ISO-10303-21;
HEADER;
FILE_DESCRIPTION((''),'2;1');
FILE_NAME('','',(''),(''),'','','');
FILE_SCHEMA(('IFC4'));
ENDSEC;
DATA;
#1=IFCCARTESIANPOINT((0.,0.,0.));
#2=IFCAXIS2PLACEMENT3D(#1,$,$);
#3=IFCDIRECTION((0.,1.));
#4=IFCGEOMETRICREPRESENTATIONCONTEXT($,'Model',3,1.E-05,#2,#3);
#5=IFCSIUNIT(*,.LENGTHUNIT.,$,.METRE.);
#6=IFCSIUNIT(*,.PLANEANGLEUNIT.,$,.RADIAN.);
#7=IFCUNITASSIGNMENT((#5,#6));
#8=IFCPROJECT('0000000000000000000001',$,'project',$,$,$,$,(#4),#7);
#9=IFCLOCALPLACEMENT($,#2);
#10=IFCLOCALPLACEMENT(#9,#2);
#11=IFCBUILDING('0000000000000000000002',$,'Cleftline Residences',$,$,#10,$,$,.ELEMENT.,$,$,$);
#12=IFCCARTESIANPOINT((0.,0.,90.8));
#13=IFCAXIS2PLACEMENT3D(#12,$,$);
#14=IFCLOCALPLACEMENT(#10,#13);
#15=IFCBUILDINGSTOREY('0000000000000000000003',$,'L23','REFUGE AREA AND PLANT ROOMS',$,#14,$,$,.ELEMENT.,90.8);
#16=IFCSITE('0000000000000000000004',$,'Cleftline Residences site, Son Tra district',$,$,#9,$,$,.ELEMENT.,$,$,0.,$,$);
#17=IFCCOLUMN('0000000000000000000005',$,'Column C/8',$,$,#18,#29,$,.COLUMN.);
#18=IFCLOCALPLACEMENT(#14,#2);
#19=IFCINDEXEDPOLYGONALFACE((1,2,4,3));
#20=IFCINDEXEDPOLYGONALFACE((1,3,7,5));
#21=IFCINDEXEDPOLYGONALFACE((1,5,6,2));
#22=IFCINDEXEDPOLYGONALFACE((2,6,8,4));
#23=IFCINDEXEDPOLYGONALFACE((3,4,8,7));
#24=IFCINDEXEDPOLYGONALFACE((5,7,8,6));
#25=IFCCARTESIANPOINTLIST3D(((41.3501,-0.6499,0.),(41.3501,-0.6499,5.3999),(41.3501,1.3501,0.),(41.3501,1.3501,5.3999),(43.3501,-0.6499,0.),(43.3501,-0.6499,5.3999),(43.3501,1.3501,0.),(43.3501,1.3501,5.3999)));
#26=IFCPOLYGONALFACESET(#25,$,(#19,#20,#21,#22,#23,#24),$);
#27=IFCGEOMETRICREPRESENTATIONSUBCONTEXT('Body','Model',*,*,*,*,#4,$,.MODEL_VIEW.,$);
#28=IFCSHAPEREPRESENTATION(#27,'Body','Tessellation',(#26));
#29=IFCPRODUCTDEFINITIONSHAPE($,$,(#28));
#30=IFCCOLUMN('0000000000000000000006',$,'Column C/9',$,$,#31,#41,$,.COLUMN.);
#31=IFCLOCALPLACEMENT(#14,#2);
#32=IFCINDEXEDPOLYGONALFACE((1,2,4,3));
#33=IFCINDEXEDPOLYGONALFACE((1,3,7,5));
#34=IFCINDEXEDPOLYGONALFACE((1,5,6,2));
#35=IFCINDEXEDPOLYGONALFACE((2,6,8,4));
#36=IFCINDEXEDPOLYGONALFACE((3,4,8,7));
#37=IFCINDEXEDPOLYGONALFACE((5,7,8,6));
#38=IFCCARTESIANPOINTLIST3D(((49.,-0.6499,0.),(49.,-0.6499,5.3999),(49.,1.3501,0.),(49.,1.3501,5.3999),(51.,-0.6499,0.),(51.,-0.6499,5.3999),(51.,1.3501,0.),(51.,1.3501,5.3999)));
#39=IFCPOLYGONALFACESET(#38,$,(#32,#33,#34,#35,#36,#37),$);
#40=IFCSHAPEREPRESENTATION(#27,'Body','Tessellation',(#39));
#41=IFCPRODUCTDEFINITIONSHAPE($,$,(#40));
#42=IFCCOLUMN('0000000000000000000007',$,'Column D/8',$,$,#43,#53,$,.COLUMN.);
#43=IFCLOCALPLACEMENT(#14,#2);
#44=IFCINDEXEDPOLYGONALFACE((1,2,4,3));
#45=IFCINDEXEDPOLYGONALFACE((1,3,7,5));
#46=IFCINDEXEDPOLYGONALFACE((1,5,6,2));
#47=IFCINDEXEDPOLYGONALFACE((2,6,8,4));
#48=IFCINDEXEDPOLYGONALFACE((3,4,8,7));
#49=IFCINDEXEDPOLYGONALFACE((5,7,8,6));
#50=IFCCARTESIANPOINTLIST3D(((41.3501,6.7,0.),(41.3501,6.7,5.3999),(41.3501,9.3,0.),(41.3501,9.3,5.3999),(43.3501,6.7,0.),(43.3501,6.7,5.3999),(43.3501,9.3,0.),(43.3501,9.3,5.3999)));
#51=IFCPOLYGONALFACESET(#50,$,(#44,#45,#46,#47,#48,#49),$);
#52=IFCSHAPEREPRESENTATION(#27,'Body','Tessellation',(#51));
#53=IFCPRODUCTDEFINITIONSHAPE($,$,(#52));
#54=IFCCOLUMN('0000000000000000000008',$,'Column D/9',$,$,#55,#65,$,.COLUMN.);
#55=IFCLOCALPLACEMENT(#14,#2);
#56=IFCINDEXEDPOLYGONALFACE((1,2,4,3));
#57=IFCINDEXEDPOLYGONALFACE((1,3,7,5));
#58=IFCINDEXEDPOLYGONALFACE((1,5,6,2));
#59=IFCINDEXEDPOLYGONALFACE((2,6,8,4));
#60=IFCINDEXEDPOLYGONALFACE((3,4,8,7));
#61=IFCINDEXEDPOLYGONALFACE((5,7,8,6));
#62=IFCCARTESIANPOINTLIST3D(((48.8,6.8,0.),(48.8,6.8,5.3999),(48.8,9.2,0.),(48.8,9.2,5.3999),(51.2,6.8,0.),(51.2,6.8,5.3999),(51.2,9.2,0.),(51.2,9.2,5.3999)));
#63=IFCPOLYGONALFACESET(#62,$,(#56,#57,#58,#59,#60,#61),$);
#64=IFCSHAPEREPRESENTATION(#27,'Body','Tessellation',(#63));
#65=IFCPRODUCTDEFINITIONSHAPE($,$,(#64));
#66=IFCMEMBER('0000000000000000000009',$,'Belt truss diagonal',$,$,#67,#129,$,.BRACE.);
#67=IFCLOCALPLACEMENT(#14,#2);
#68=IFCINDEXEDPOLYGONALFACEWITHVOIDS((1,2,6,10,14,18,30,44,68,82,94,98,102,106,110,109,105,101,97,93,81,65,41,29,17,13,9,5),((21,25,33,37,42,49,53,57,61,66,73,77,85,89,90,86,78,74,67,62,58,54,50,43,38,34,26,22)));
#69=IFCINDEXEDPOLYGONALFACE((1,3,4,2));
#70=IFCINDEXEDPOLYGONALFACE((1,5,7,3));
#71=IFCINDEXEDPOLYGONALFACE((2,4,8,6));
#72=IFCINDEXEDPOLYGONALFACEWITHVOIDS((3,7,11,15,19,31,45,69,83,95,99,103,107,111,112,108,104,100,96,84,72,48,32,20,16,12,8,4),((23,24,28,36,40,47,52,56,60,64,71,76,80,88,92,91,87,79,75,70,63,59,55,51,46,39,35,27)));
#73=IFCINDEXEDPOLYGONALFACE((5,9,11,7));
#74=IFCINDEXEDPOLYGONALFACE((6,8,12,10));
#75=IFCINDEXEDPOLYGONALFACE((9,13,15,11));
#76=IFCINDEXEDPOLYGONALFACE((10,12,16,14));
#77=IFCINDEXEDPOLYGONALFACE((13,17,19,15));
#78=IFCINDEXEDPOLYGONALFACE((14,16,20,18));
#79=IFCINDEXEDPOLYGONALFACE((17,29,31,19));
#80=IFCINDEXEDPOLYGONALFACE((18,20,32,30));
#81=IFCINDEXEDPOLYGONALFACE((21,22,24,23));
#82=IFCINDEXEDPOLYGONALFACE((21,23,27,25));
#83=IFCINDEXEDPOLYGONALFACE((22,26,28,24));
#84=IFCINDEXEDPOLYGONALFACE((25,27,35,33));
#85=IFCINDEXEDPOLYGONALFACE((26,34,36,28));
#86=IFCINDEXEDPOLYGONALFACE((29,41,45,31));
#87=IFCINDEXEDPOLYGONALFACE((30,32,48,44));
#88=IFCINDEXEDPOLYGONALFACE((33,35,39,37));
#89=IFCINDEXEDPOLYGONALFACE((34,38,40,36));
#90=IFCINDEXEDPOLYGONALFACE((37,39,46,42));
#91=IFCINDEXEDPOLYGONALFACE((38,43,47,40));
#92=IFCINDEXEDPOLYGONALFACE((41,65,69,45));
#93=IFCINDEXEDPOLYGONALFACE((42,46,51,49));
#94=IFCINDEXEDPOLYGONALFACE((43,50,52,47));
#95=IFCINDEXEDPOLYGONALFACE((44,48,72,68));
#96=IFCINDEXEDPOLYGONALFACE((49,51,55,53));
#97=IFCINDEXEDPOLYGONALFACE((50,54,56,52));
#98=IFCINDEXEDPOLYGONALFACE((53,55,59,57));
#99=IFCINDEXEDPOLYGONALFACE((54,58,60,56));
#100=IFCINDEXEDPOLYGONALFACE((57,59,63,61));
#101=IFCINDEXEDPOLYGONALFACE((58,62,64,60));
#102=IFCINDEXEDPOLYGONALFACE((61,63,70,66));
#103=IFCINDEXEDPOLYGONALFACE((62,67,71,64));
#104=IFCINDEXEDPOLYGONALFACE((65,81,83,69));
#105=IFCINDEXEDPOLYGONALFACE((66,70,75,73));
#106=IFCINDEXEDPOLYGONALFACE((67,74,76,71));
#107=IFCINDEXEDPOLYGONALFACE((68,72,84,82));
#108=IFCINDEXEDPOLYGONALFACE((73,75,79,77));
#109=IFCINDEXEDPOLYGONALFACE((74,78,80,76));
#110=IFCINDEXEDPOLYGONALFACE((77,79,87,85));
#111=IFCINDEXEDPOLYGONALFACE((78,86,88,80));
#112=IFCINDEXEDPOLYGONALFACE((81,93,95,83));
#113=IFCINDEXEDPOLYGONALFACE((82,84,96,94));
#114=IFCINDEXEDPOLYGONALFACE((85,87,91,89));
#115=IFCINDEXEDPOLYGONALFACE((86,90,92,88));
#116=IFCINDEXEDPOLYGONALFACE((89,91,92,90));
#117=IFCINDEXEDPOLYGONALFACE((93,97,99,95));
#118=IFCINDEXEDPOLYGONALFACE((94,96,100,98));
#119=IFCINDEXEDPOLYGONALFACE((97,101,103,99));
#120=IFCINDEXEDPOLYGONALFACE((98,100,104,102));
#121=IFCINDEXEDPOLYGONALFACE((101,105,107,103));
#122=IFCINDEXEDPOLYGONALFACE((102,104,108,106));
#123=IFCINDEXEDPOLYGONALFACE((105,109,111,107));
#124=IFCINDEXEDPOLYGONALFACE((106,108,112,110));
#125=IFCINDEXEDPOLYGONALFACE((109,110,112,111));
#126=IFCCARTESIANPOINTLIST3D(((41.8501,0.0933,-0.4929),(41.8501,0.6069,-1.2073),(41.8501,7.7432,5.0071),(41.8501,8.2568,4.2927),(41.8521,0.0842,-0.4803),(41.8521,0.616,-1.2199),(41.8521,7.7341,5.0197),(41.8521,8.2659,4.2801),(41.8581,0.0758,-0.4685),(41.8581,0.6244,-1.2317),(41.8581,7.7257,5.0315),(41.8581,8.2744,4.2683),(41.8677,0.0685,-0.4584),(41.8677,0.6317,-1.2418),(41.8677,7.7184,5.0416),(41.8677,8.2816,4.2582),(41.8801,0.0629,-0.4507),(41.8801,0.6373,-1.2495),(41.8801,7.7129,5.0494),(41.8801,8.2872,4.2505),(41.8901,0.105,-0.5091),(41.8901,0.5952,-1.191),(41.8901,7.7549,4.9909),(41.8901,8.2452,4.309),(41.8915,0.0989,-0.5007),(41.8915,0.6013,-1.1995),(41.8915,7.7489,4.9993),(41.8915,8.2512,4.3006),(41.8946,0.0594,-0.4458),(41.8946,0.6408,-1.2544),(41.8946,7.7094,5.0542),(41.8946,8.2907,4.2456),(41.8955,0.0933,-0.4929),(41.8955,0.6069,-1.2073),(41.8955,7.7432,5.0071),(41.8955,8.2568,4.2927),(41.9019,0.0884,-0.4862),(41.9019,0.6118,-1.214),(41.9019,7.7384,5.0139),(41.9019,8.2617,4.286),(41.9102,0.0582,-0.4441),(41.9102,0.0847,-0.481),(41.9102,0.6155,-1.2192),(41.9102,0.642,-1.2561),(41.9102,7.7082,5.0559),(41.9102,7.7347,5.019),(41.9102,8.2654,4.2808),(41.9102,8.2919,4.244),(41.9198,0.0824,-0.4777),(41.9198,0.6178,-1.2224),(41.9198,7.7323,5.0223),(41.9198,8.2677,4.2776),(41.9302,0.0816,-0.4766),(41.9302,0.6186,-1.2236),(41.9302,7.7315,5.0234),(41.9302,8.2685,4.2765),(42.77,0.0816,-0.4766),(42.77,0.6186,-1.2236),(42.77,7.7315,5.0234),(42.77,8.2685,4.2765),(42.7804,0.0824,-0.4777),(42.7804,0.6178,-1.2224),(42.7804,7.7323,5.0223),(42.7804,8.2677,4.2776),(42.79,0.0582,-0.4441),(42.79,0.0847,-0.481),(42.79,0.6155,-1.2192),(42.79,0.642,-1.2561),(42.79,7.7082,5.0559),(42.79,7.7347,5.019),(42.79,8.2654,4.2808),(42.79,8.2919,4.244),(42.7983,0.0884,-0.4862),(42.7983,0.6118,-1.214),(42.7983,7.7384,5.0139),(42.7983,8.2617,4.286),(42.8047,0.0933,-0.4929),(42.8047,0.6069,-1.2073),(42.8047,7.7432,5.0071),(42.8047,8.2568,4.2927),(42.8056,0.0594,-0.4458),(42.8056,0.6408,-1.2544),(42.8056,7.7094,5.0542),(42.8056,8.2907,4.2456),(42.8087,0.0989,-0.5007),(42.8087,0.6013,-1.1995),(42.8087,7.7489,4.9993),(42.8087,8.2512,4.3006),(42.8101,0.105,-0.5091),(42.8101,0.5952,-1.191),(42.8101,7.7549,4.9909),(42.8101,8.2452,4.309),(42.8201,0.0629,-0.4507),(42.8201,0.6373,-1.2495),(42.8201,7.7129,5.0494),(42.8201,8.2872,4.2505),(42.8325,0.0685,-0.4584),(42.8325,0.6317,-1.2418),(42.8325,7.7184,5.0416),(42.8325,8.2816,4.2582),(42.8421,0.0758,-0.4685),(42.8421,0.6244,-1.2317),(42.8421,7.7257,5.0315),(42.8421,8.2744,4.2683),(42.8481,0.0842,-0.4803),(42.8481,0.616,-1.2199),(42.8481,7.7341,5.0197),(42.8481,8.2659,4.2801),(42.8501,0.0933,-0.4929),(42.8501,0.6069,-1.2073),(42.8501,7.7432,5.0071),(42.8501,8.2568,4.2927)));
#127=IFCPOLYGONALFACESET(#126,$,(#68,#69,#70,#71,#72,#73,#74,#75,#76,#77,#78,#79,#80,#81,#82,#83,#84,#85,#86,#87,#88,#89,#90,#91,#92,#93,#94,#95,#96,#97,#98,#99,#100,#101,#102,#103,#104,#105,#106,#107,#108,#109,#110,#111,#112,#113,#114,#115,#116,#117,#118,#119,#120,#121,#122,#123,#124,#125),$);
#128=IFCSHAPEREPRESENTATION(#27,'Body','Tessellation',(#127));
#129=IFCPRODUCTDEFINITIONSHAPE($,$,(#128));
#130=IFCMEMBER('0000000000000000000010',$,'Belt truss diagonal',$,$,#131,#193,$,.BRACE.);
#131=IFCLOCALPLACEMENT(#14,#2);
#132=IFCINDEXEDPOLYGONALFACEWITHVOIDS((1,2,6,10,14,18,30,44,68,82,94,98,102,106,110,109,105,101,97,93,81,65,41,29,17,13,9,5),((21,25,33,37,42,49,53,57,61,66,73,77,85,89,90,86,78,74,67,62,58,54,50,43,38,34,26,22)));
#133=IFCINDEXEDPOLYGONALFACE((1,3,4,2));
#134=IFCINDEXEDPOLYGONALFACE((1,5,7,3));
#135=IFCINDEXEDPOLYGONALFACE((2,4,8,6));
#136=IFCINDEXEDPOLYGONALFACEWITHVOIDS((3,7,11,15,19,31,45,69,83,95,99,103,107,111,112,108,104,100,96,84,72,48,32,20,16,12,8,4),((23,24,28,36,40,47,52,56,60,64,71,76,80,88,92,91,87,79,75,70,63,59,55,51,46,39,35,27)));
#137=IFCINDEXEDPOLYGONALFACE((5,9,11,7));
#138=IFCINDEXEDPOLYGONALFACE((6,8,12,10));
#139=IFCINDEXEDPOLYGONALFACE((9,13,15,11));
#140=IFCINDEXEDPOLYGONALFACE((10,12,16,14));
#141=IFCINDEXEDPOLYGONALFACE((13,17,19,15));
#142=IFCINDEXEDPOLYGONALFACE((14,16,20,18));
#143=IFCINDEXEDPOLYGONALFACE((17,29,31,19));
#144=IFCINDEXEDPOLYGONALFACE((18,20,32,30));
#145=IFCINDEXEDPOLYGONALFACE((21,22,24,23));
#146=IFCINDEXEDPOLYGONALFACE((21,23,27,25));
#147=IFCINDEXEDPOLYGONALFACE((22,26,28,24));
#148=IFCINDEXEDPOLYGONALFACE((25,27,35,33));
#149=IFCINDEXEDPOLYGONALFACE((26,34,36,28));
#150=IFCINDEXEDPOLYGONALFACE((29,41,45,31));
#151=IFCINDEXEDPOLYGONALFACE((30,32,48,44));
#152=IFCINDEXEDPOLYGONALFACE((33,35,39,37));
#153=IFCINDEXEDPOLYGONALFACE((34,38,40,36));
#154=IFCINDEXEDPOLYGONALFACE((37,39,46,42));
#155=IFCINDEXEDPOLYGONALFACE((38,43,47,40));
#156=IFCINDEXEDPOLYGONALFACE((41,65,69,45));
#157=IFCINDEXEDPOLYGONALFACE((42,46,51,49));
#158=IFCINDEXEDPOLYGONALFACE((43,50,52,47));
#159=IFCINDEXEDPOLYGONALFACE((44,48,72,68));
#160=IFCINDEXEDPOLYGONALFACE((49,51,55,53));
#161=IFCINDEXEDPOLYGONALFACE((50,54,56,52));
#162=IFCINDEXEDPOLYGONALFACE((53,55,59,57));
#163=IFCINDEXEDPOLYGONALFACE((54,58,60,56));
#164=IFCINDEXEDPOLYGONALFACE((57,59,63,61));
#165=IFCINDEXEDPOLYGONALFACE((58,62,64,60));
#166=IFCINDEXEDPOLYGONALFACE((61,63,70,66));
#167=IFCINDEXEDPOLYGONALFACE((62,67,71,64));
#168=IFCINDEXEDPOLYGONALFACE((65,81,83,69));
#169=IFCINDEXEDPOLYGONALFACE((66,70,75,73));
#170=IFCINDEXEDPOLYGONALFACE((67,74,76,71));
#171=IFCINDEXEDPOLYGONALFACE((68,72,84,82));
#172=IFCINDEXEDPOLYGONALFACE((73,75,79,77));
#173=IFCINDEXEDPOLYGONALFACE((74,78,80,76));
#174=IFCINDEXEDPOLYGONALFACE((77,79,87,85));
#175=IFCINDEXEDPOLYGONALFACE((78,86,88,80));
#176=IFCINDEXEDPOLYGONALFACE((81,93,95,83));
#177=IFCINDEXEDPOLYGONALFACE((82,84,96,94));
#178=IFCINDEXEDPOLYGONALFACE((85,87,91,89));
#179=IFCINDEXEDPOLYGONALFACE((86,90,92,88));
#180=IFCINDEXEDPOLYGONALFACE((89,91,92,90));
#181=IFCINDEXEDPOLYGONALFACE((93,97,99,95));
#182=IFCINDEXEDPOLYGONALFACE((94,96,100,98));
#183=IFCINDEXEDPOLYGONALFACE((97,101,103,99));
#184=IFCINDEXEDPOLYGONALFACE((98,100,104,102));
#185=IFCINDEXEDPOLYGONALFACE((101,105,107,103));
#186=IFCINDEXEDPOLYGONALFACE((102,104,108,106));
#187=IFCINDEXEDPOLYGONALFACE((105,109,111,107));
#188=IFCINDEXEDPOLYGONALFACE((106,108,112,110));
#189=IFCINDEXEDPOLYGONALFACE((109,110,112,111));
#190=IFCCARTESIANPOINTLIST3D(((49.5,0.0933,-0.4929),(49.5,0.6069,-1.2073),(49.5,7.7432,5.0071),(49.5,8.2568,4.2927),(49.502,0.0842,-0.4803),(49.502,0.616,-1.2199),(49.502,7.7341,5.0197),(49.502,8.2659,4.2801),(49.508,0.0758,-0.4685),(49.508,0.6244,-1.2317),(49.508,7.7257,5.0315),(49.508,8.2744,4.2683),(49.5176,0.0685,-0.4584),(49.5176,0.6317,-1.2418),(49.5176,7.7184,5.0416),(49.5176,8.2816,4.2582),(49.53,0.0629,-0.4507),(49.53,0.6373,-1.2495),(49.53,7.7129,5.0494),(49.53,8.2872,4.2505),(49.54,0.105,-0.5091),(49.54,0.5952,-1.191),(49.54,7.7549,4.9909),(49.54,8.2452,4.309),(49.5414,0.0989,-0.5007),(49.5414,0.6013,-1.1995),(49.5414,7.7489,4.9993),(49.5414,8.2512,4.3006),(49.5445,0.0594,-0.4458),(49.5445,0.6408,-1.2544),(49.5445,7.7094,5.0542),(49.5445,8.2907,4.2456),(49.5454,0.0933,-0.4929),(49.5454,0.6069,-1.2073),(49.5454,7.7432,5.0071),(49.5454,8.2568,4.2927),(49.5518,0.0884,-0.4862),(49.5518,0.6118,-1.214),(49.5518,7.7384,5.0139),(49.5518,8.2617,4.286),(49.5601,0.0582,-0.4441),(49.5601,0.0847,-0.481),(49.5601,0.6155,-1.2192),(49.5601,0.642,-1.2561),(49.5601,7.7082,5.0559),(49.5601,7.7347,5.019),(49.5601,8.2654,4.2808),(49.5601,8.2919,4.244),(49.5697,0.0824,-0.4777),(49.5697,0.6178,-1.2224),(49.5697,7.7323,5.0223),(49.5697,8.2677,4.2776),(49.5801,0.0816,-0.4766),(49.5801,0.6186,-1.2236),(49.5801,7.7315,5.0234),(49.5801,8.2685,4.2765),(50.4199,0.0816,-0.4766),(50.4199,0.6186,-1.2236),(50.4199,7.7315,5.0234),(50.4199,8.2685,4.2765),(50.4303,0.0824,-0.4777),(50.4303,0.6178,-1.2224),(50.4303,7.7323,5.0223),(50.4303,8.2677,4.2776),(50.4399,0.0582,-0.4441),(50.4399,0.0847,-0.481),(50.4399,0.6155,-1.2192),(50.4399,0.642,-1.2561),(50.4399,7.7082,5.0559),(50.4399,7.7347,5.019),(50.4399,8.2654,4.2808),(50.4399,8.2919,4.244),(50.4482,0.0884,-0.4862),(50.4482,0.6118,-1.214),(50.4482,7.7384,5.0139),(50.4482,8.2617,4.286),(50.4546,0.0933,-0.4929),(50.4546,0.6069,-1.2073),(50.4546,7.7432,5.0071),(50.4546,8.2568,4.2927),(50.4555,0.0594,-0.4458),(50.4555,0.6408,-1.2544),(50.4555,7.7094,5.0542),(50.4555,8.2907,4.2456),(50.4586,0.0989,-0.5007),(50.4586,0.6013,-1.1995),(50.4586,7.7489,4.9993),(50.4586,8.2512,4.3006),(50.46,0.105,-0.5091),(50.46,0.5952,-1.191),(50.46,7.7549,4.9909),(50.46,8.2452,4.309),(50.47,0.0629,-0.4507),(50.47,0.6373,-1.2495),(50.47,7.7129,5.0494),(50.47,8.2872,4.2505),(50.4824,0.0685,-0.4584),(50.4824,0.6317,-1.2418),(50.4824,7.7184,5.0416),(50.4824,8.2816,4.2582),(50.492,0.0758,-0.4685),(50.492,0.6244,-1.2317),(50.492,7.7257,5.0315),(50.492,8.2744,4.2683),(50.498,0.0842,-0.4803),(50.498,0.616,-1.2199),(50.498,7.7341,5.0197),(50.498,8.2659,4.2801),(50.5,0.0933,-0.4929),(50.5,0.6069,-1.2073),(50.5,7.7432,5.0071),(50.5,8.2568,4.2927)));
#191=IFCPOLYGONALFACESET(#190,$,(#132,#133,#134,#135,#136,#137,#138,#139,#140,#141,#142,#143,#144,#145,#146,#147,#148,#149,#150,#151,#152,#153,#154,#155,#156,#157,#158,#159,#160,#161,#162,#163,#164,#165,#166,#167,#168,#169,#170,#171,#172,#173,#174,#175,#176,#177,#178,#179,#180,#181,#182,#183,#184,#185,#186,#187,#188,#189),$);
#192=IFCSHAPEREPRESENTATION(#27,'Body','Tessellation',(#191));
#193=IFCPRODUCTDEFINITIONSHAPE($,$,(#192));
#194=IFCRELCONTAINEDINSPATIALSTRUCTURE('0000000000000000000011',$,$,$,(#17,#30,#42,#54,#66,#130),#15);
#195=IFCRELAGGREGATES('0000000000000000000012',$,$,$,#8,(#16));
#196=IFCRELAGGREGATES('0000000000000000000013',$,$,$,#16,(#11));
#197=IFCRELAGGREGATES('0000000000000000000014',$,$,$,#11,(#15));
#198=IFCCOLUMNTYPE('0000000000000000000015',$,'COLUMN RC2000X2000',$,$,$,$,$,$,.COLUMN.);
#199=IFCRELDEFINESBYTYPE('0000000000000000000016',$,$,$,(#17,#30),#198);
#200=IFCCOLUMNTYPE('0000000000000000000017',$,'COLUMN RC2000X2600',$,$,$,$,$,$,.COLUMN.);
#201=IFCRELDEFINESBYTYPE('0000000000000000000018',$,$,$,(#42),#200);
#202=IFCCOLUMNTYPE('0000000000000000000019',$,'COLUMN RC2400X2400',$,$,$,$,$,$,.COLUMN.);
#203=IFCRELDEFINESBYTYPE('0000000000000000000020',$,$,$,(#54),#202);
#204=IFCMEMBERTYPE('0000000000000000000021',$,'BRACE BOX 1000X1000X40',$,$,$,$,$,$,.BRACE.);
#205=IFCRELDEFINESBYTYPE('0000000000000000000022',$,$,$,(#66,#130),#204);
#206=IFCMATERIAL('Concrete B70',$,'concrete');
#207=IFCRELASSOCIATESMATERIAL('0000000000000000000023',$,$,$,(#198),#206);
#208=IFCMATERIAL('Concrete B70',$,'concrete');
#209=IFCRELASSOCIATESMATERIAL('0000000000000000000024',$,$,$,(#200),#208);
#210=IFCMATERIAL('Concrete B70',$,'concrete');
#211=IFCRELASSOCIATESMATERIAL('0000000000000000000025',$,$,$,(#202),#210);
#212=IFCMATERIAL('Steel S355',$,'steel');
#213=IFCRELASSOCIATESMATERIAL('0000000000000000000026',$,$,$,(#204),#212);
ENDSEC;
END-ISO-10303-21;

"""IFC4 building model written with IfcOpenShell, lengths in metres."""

from ifc_helpers import new_model, si_unit, direction, frame, origin, origin_2d, place, context, subcontext, project, spatial, rectangle, hollow_rectangle, extrude, material, material_profile, profile_set, type_object, element, save


model = new_model("IFC4")

# Units and contexts
model_context = context("Model", 3, precision=1e-05, world=origin(), true_north=direction((0.0, 1.0)))
body_context = subcontext(model_context, "Body", "Model", "MODEL_VIEW")
ifc_project = project(units=[si_unit("LENGTHUNIT", "METRE"), si_unit("PLANEANGLEUNIT", "RADIAN")], contexts=[model_context])

# Site, building, storey
site_placement = place(None, origin())
site = spatial("IfcSite", under=ifc_project, at=site_placement, Name="Cleftline Residences site, Son Tra district", CompositionType="ELEMENT", RefElevation=0.0)
building_placement = place(site_placement, origin())
building = spatial("IfcBuilding", under=site, at=building_placement, Name="Cleftline Residences", CompositionType="ELEMENT")
storey_placement = place(building_placement, frame((0.0, 0.0, 90.8)))
storey = spatial("IfcBuildingStorey", under=building, at=storey_placement, Name="L23", Description="REFUGE AREA AND PLANT ROOMS", CompositionType="ELEMENT", Elevation=90.8)

# Columns
ifc_material_1 = material(Name="Concrete B70", Category="concrete")
ifc_material_profile_1 = material_profile(ifc_material_1, rectangle(XDim=2.0, YDim=2.0, at=origin_2d()))
ifc_profile_set_1 = profile_set([ifc_material_profile_1], Name="Concrete B70")
column_type_1 = type_object("IfcColumnType", Name="COLUMN RC2000X2000", PredefinedType="COLUMN", material=ifc_profile_set_1)
for number, where, z_axis, x_axis, name in (
    (1, (42.3501, 0.3501, 0.0), (0.0, 0.0, 1.0), (1.0, 0.0, 0.0), "Column C/8"),
    (2, (50.0, 0.3501, 0.0), (0.0, 0.0, 1.0), (1.0, 0.0, 0.0), "Column C/9"),
):
    element("IfcColumn", number, at=place(storey_placement, frame(where, z_axis=z_axis, x_axis=x_axis)), inside=storey, type_object=column_type_1, Name=name, PredefinedType="COLUMN", context=body_context, shape_type="SweptSolid", body=[
        extrude(rectangle(XDim=2.0, YDim=2.0, at=origin_2d()), origin(), (0.0, 0.0, 1.0), 5.3999),
    ])
ifc_material_2 = material(Name="Concrete B70", Category="concrete")
ifc_material_profile_2 = material_profile(ifc_material_2, rectangle(XDim=2.0, YDim=2.6001, at=origin_2d()))
ifc_profile_set_2 = profile_set([ifc_material_profile_2], Name="Concrete B70")
column_type_2 = type_object("IfcColumnType", Name="COLUMN RC2000X2600", PredefinedType="COLUMN", material=ifc_profile_set_2)
column_1_placement = place(storey_placement, frame((42.3501, 8.0, 0.0), z_axis=(0.0, 0.0, 1.0), x_axis=(1.0, 0.0, 0.0)))
element("IfcColumn", 3, at=column_1_placement, inside=storey, type_object=column_type_2, Name="Column D/8", PredefinedType="COLUMN", context=body_context, shape_type="SweptSolid", body=[
    extrude(rectangle(XDim=2.0, YDim=2.6001, at=origin_2d()), origin(), (0.0, 0.0, 1.0), 5.3999),
])
ifc_material_3 = material(Name="Concrete B70", Category="concrete")
ifc_material_profile_3 = material_profile(ifc_material_3, rectangle(XDim=2.3999, YDim=2.3999, at=origin_2d()))
ifc_profile_set_3 = profile_set([ifc_material_profile_3], Name="Concrete B70")
column_type_3 = type_object("IfcColumnType", Name="COLUMN RC2400X2400", PredefinedType="COLUMN", material=ifc_profile_set_3)
column_2_placement = place(storey_placement, frame((50.0, 8.0, 0.0), z_axis=(0.0, 0.0, 1.0), x_axis=(1.0, 0.0, 0.0)))
element("IfcColumn", 4, at=column_2_placement, inside=storey, type_object=column_type_3, Name="Column D/9", PredefinedType="COLUMN", context=body_context, shape_type="SweptSolid", body=[
    extrude(rectangle(XDim=2.3999, YDim=2.3999, at=origin_2d()), origin(), (0.0, 0.0, 1.0), 5.3999),
])

# Members
ifc_material_4 = material(Name="Steel S355", Category="steel")
ifc_material_profile_4 = material_profile(ifc_material_4, hollow_rectangle(XDim=1.0, YDim=1.0, WallThickness=0.04, InnerFilletRadius=0.04, OuterFilletRadius=0.0601, at=origin_2d()))
ifc_profile_set_4 = profile_set([ifc_material_profile_4], Name="Steel S355")
member_type_1 = type_object("IfcMemberType", Name="BRACE BOX 1000X1000X40", PredefinedType="BRACE", material=ifc_profile_set_4)
for number, where, z_axis, x_axis, name in (
    (5, (42.3501, 0.3501, -0.8501), (0.0, 0.811933, 0.58375), (0.0, -0.58375, 0.811933), "Belt truss diagonal"),
    (6, (50.0, 0.3501, -0.8501), (0.0, 0.811933, 0.58375), (0.0, -0.58375, 0.811933), "Belt truss diagonal"),
):
    element("IfcMember", number, at=place(storey_placement, frame(where, z_axis=z_axis, x_axis=x_axis)), inside=storey, type_object=member_type_1, Name=name, PredefinedType="BRACE", context=body_context, shape_type="SweptSolid", body=[
        extrude(hollow_rectangle(XDim=1.0, YDim=1.0, WallThickness=0.04, InnerFilletRadius=0.04, OuterFilletRadius=0.0601, at=origin_2d()), origin(), (0.0, 0.0, 1.0), 9.4219),
    ])

save(model, "model.ifc")
